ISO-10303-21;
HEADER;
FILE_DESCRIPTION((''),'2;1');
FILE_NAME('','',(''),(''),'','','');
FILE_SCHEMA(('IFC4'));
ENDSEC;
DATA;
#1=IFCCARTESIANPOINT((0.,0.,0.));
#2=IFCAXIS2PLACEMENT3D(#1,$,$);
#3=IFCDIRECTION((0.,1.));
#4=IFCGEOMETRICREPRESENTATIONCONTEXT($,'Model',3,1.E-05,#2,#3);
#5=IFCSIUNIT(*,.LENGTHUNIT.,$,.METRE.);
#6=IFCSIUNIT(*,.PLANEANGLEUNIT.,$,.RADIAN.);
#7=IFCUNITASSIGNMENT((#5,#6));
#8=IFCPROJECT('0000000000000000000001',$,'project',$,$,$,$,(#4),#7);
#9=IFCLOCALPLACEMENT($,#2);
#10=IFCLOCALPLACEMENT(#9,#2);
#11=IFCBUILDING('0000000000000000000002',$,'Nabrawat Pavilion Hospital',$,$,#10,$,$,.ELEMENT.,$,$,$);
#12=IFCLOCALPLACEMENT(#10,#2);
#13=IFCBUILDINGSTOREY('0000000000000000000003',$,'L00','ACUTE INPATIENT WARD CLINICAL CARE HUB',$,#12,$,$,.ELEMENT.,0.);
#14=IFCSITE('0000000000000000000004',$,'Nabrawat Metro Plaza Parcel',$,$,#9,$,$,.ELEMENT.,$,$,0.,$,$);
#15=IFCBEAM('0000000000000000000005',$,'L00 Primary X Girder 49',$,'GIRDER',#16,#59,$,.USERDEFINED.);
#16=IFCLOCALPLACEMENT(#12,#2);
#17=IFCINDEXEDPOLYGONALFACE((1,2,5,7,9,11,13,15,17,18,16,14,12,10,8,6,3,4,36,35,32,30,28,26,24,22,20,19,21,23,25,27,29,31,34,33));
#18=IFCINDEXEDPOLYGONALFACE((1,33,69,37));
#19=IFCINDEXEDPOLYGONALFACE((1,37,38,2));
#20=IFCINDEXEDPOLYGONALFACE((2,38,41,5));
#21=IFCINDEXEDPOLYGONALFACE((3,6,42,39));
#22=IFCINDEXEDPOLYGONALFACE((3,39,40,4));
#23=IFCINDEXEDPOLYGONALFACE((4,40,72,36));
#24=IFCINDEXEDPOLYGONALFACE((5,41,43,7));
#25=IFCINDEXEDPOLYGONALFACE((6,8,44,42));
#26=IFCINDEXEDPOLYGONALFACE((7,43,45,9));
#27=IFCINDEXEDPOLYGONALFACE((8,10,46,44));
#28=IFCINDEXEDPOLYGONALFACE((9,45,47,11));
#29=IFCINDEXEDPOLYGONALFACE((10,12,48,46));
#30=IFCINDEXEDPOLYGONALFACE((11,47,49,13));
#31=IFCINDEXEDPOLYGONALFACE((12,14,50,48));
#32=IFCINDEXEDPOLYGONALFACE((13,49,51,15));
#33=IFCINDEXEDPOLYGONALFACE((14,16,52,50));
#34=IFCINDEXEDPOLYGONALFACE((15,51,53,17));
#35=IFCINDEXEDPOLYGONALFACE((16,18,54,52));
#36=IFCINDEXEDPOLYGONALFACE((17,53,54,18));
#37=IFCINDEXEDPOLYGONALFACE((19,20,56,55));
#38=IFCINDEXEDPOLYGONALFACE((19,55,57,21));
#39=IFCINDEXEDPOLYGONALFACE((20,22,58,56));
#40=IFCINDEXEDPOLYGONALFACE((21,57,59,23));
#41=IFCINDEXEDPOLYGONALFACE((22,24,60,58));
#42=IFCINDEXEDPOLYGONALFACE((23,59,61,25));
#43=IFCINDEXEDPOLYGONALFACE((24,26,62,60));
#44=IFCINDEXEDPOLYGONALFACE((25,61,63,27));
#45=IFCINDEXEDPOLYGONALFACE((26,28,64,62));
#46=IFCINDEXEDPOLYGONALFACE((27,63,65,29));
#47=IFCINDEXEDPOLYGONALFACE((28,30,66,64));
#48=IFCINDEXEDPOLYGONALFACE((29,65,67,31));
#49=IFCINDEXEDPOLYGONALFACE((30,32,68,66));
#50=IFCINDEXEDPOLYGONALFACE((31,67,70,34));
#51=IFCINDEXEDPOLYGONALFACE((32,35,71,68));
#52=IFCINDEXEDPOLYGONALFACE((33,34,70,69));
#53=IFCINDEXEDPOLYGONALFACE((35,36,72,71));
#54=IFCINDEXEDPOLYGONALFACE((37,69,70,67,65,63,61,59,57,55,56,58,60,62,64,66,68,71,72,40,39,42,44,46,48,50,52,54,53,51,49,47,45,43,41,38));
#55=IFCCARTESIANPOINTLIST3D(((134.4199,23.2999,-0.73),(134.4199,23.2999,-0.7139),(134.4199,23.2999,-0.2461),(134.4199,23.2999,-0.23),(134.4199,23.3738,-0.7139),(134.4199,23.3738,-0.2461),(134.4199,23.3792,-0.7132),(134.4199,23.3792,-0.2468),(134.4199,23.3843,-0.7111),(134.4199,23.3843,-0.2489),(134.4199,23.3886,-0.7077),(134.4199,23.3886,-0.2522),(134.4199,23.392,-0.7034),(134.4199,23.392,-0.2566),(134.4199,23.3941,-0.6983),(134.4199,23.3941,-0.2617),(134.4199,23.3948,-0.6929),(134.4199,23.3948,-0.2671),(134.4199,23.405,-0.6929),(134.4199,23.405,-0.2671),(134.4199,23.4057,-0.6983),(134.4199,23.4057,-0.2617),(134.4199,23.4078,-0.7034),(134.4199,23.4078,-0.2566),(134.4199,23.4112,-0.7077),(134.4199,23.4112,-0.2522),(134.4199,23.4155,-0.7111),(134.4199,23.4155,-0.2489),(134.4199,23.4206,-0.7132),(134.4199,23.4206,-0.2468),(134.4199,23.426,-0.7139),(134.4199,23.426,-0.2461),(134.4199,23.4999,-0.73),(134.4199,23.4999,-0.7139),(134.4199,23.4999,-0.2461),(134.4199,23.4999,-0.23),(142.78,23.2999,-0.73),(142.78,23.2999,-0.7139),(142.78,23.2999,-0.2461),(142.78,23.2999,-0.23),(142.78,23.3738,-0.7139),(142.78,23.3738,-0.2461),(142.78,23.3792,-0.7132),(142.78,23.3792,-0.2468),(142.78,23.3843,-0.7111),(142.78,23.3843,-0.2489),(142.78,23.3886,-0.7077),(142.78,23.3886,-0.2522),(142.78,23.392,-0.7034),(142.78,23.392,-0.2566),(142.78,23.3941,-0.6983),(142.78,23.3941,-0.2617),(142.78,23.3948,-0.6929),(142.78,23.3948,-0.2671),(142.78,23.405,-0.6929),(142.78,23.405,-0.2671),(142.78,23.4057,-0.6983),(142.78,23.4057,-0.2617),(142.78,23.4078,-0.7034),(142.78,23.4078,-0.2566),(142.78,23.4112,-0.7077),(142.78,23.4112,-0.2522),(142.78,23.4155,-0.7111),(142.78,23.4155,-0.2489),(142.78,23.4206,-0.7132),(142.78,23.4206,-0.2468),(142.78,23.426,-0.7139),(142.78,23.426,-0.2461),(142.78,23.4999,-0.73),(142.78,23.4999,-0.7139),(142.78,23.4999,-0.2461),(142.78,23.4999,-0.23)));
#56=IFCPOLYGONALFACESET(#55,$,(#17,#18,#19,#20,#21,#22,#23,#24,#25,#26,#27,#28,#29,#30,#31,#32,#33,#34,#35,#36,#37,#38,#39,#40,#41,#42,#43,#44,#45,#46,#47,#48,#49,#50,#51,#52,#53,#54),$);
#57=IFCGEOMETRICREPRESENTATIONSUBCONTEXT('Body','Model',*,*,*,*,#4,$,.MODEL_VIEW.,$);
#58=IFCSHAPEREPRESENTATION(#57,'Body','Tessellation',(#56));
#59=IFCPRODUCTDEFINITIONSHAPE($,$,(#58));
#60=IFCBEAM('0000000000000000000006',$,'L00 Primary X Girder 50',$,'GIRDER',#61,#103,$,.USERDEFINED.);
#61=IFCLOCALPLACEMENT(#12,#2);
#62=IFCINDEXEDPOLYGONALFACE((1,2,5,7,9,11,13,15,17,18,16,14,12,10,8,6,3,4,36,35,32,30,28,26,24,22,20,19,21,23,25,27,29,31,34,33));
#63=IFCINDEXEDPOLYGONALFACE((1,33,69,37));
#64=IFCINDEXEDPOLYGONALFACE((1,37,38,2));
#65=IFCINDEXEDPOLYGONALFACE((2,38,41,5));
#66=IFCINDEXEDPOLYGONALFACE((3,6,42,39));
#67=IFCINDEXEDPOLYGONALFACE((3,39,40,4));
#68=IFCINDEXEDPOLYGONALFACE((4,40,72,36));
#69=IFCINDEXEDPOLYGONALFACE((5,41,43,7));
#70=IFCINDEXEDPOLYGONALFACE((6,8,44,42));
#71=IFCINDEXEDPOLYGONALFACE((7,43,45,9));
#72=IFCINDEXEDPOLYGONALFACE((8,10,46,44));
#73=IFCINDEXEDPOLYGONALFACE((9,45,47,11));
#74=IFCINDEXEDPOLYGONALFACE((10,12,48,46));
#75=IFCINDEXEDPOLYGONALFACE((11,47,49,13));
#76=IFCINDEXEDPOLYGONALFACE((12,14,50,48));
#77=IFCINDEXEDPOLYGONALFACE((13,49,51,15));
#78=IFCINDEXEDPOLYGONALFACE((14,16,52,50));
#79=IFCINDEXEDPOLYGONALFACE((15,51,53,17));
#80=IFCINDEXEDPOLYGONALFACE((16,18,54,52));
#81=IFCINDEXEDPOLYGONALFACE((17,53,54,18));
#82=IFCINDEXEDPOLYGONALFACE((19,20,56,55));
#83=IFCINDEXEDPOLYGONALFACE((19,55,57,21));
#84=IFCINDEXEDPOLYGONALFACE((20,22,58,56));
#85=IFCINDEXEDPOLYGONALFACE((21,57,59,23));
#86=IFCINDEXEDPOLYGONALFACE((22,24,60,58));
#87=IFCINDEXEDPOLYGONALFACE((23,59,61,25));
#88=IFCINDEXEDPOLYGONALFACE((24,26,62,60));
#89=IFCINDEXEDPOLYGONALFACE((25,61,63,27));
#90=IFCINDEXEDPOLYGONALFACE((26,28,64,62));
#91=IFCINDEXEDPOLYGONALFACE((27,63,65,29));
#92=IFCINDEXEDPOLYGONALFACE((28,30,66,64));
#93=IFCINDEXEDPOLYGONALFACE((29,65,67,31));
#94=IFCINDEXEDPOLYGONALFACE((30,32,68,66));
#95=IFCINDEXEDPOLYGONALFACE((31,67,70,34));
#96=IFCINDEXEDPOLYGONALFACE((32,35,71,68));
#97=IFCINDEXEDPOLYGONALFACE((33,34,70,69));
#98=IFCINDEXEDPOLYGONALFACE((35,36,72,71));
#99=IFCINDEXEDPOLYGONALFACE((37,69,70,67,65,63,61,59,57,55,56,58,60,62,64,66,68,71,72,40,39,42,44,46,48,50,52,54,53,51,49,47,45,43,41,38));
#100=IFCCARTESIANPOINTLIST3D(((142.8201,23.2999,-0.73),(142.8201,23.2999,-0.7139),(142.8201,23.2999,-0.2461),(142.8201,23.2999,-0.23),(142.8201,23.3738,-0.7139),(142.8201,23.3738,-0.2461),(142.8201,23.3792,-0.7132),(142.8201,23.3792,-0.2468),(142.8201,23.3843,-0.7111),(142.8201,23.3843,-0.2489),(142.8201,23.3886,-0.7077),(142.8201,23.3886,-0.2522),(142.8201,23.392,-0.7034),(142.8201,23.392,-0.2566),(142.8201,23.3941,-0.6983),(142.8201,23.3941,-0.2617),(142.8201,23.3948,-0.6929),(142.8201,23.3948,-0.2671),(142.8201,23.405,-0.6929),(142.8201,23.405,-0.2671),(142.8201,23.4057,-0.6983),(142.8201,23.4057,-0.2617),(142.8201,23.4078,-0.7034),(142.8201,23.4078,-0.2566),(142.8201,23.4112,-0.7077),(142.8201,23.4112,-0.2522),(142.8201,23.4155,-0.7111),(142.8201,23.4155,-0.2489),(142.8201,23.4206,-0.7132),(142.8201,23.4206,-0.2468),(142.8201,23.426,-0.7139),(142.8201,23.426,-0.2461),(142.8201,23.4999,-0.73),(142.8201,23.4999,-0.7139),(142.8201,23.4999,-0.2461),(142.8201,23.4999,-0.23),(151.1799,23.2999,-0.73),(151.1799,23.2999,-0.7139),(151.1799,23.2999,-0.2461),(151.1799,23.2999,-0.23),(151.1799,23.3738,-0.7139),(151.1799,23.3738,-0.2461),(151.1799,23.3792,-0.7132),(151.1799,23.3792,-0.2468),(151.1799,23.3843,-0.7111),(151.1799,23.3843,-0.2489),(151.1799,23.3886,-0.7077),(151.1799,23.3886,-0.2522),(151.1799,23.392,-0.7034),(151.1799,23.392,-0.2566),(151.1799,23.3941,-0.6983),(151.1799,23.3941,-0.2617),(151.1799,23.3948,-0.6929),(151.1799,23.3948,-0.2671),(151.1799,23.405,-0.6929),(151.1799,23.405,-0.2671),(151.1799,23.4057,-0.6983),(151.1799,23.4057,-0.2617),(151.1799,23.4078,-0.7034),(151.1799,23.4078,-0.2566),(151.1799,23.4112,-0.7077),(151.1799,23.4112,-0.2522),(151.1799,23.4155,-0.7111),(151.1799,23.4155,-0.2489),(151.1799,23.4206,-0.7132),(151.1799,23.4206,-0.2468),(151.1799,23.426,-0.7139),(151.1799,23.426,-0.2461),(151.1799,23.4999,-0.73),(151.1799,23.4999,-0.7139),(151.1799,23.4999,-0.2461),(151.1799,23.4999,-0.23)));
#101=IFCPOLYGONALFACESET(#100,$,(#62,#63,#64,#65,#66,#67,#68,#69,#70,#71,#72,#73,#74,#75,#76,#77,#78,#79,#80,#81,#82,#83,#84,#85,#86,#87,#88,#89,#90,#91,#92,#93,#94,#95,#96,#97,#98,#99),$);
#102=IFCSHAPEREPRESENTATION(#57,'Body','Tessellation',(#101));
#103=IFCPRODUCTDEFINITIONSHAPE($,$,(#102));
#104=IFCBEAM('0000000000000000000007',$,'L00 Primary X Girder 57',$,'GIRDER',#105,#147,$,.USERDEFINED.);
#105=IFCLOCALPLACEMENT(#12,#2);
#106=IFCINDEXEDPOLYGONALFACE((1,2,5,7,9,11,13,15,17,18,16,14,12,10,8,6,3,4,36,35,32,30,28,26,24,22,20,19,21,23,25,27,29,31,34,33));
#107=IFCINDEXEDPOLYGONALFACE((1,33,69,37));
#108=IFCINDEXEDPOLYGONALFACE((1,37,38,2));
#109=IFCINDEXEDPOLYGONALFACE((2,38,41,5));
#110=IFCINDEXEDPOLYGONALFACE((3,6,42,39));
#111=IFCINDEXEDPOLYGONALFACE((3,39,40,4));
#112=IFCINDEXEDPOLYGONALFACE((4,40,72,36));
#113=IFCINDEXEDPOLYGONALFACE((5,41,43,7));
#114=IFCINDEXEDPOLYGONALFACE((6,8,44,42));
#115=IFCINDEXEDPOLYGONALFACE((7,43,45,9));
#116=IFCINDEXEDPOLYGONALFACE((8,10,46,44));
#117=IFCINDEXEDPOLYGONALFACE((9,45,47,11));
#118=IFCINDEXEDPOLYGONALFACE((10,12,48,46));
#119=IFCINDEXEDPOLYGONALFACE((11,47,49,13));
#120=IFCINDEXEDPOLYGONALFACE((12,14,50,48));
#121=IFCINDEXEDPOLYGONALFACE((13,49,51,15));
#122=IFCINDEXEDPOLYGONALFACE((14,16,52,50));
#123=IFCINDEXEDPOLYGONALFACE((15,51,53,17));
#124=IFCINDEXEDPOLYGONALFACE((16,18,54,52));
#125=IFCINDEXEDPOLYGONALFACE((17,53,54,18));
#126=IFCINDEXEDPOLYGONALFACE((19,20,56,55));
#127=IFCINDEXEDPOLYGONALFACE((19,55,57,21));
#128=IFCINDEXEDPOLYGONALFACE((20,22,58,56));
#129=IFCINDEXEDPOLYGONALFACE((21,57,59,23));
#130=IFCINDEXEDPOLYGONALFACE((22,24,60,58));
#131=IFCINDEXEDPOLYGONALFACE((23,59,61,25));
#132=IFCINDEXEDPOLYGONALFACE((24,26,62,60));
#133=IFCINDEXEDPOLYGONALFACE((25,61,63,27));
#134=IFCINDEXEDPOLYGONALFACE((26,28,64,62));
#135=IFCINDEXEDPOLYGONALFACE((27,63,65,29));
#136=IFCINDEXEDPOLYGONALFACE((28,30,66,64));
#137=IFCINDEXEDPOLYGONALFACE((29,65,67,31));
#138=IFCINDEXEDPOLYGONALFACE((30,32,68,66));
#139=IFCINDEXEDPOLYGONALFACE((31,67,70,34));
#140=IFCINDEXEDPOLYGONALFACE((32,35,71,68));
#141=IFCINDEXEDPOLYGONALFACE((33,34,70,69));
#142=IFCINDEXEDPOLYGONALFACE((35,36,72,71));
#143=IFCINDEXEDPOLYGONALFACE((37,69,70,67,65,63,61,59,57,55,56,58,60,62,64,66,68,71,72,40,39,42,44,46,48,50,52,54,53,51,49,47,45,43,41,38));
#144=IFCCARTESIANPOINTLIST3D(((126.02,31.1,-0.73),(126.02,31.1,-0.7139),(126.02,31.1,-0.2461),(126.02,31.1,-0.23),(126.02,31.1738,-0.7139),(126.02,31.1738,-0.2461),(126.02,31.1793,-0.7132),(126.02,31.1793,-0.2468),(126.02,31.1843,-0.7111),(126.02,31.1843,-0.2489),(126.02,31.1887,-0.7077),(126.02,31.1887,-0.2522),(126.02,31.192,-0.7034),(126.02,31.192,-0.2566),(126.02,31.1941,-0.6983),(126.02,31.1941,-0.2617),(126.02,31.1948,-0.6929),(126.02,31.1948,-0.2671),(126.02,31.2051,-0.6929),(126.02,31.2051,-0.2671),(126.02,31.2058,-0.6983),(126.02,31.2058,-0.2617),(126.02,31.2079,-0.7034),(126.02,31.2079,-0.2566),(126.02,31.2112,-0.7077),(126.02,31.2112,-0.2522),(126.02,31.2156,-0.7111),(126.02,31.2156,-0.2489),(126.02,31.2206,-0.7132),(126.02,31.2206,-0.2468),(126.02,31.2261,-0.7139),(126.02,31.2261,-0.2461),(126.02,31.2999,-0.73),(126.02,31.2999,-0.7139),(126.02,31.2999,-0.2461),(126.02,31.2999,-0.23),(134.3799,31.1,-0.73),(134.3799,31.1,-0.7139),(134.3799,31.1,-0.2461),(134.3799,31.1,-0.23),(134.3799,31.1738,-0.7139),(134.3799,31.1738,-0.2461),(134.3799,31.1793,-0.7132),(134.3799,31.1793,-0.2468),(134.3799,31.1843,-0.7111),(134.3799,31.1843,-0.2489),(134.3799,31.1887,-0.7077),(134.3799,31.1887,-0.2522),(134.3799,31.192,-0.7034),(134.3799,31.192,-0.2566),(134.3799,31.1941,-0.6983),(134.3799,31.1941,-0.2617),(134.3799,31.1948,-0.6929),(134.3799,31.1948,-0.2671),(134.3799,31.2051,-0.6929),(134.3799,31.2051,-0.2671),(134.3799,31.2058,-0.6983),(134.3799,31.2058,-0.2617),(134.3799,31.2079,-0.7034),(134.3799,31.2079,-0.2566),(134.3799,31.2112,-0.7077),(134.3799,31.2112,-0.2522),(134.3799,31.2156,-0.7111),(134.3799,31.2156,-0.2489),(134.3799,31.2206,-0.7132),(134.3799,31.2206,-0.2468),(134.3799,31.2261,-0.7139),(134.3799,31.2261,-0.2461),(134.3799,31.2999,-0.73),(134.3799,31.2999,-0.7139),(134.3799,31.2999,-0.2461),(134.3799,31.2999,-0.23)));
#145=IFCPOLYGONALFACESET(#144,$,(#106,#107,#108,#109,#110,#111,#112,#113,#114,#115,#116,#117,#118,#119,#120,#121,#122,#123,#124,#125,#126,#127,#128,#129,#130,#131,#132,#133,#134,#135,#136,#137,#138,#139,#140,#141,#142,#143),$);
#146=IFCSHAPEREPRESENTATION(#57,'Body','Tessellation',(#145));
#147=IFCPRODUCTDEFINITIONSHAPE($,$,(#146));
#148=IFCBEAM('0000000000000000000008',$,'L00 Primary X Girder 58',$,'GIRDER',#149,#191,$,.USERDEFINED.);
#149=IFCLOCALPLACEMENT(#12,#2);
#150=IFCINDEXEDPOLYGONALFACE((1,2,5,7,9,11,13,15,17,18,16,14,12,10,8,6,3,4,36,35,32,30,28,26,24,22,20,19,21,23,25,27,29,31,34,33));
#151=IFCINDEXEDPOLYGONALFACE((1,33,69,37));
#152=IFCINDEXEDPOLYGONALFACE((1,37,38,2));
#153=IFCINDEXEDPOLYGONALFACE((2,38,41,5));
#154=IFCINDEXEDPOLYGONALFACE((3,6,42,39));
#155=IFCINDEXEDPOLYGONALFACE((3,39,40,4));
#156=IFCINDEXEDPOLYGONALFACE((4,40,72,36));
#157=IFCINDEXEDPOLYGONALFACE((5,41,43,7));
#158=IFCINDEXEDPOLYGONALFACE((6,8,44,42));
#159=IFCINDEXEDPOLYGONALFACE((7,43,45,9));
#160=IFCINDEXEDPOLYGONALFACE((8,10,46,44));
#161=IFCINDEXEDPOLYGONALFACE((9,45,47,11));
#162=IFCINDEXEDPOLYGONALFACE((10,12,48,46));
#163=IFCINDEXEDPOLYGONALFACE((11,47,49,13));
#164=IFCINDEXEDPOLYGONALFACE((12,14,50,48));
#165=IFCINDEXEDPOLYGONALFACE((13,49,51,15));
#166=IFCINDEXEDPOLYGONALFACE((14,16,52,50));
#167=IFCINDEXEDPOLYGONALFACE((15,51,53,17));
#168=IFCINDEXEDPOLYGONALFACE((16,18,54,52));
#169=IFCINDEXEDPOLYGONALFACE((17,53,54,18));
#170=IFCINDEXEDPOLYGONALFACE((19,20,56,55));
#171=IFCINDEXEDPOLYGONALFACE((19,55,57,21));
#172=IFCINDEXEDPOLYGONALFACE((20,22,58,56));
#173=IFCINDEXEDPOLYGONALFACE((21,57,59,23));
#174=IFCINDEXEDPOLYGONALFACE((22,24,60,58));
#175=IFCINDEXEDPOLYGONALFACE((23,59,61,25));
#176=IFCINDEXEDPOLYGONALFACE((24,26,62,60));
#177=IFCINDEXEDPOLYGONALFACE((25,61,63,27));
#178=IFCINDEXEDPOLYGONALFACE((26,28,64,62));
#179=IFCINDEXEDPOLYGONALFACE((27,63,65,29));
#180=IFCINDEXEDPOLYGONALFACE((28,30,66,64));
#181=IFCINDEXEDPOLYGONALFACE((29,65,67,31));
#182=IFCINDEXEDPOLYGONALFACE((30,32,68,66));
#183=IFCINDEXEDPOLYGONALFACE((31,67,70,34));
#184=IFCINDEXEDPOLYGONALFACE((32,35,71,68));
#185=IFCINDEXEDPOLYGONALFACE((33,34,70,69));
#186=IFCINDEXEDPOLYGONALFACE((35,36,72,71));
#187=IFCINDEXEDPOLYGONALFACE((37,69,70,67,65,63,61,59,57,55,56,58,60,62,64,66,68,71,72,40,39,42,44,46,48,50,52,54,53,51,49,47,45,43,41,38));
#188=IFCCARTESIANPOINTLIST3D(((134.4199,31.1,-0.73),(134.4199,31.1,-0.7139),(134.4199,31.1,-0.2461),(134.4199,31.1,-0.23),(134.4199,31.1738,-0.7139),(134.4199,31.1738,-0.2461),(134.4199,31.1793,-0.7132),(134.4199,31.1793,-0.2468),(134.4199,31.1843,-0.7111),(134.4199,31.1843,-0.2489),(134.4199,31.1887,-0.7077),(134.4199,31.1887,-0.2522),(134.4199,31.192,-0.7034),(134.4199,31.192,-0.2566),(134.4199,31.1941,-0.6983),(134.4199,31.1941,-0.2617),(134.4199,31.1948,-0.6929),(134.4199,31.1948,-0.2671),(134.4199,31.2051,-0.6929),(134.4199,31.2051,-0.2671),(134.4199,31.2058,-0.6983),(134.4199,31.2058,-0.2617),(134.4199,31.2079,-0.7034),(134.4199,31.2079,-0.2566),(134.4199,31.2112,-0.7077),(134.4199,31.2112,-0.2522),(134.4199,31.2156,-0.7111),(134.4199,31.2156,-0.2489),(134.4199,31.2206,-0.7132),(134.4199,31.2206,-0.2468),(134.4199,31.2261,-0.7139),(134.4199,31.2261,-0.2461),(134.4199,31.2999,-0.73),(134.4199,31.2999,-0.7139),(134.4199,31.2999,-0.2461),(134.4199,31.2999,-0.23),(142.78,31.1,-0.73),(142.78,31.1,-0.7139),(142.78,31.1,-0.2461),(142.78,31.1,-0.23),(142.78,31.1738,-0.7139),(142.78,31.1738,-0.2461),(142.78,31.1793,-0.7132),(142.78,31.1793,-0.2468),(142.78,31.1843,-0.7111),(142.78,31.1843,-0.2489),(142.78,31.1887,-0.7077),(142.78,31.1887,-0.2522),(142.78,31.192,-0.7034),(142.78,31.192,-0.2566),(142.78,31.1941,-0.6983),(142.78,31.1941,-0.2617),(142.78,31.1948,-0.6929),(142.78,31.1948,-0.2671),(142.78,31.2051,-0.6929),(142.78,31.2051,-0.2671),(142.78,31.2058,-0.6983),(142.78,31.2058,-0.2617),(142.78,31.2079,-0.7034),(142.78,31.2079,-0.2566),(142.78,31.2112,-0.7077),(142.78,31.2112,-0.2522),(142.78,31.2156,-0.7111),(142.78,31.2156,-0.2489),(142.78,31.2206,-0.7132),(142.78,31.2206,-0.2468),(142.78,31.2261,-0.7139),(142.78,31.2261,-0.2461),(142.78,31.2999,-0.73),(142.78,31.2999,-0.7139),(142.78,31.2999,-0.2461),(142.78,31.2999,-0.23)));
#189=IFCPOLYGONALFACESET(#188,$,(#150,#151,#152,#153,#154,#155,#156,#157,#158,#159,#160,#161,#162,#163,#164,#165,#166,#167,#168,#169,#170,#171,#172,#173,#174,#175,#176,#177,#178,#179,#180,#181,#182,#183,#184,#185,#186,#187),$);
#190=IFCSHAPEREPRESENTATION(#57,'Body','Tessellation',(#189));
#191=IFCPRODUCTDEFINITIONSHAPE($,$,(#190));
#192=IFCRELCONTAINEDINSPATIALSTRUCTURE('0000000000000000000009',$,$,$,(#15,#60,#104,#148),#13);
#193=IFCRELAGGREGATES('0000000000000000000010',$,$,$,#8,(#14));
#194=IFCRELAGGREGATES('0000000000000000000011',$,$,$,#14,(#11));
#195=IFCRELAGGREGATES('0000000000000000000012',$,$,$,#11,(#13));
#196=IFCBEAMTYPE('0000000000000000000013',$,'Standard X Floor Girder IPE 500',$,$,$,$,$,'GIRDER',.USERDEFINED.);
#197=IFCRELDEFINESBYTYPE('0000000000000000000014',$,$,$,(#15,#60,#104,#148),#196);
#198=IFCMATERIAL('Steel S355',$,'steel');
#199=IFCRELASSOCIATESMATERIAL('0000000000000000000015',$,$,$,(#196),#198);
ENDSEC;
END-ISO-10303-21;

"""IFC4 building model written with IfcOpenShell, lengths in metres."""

from ifc_helpers import new_model, si_unit, direction, frame, origin, origin_2d, place, context, subcontext, project, spatial, i_section, extrude, material, material_profile, profile_set, type_object, element, save


model = new_model("IFC4")

# Units and contexts
model_context = context("Model", 3, precision=1e-05, world=origin(), true_north=direction((0.0, 1.0)))
body_context = subcontext(model_context, "Body", "Model", "MODEL_VIEW")
ifc_project = project(units=[si_unit("LENGTHUNIT", "METRE"), si_unit("PLANEANGLEUNIT", "RADIAN")], contexts=[model_context])

# Site, building, storey
site_placement = place(None, origin())
site = spatial("IfcSite", under=ifc_project, at=site_placement, Name="Nabrawat Metro Plaza Parcel", CompositionType="ELEMENT", RefElevation=0.0)
building_placement = place(site_placement, origin())
building = spatial("IfcBuilding", under=site, at=building_placement, Name="Nabrawat Pavilion Hospital", CompositionType="ELEMENT")
storey_placement = place(building_placement, origin())
storey = spatial("IfcBuildingStorey", under=building, at=storey_placement, Name="L00", Description="ACUTE INPATIENT WARD CLINICAL CARE HUB", CompositionType="ELEMENT", Elevation=0.0)

# Beams
ifc_material_1 = material(Name="Steel S355", Category="steel")
ifc_material_profile_1 = material_profile(ifc_material_1, i_section(OverallWidth=0.2, OverallDepth=0.5, WebThickness=0.0103, FlangeThickness=0.0161, FilletRadius=0.021, at=origin_2d()), Name="IPE 500")
ifc_profile_set_1 = profile_set([ifc_material_profile_1], Name="Steel S355")
beam_type_1 = type_object("IfcBeamType", Name="Standard X Floor Girder IPE 500", ElementType="GIRDER", PredefinedType="USERDEFINED", material=ifc_profile_set_1)
beam_1_placement = place(storey_placement, frame((134.4199, 23.3999, -0.48), z_axis=(1.0, 0.0, 0.0), x_axis=(0.0, 1.0, 0.0)))
element("IfcBeam", 1, at=beam_1_placement, inside=storey, type_object=beam_type_1, Name="L00 Primary X Girder 49", ObjectType="GIRDER", PredefinedType="USERDEFINED", context=body_context, shape_type="SweptSolid", body=[
    extrude(i_section(OverallWidth=0.2, OverallDepth=0.5, WebThickness=0.0103, FlangeThickness=0.0161, FilletRadius=0.021, at=origin_2d()), origin(), (0.0, 0.0, 1.0), 8.3601),
])
for number, where, z_axis, x_axis, name in (
    (2, (142.8201, 23.3999, -0.48), (1.0, 0.0, 0.0), (0.0, 1.0, 0.0), "L00 Primary X Girder 50"),
    (3, (126.02, 31.2, -0.48), (1.0, 0.0, 0.0), (0.0, 1.0, 0.0), "L00 Primary X Girder 57"),
):
    element("IfcBeam", number, at=place(storey_placement, frame(where, z_axis=z_axis, x_axis=x_axis)), inside=storey, type_object=beam_type_1, Name=name, ObjectType="GIRDER", PredefinedType="USERDEFINED", context=body_context, shape_type="SweptSolid", body=[
        extrude(i_section(OverallWidth=0.2, OverallDepth=0.5, WebThickness=0.0103, FlangeThickness=0.0161, FilletRadius=0.021, at=origin_2d()), origin(), (0.0, 0.0, 1.0), 8.3599),
    ])
beam_2_placement = place(storey_placement, frame((134.4199, 31.2, -0.48), z_axis=(1.0, 0.0, 0.0), x_axis=(0.0, 1.0, 0.0)))
element("IfcBeam", 4, at=beam_2_placement, inside=storey, type_object=beam_type_1, Name="L00 Primary X Girder 58", ObjectType="GIRDER", PredefinedType="USERDEFINED", context=body_context, shape_type="SweptSolid", body=[
    extrude(i_section(OverallWidth=0.2, OverallDepth=0.5, WebThickness=0.0103, FlangeThickness=0.0161, FilletRadius=0.021, at=origin_2d()), origin(), (0.0, 0.0, 1.0), 8.3601),
])

save(model, "model.ifc")
